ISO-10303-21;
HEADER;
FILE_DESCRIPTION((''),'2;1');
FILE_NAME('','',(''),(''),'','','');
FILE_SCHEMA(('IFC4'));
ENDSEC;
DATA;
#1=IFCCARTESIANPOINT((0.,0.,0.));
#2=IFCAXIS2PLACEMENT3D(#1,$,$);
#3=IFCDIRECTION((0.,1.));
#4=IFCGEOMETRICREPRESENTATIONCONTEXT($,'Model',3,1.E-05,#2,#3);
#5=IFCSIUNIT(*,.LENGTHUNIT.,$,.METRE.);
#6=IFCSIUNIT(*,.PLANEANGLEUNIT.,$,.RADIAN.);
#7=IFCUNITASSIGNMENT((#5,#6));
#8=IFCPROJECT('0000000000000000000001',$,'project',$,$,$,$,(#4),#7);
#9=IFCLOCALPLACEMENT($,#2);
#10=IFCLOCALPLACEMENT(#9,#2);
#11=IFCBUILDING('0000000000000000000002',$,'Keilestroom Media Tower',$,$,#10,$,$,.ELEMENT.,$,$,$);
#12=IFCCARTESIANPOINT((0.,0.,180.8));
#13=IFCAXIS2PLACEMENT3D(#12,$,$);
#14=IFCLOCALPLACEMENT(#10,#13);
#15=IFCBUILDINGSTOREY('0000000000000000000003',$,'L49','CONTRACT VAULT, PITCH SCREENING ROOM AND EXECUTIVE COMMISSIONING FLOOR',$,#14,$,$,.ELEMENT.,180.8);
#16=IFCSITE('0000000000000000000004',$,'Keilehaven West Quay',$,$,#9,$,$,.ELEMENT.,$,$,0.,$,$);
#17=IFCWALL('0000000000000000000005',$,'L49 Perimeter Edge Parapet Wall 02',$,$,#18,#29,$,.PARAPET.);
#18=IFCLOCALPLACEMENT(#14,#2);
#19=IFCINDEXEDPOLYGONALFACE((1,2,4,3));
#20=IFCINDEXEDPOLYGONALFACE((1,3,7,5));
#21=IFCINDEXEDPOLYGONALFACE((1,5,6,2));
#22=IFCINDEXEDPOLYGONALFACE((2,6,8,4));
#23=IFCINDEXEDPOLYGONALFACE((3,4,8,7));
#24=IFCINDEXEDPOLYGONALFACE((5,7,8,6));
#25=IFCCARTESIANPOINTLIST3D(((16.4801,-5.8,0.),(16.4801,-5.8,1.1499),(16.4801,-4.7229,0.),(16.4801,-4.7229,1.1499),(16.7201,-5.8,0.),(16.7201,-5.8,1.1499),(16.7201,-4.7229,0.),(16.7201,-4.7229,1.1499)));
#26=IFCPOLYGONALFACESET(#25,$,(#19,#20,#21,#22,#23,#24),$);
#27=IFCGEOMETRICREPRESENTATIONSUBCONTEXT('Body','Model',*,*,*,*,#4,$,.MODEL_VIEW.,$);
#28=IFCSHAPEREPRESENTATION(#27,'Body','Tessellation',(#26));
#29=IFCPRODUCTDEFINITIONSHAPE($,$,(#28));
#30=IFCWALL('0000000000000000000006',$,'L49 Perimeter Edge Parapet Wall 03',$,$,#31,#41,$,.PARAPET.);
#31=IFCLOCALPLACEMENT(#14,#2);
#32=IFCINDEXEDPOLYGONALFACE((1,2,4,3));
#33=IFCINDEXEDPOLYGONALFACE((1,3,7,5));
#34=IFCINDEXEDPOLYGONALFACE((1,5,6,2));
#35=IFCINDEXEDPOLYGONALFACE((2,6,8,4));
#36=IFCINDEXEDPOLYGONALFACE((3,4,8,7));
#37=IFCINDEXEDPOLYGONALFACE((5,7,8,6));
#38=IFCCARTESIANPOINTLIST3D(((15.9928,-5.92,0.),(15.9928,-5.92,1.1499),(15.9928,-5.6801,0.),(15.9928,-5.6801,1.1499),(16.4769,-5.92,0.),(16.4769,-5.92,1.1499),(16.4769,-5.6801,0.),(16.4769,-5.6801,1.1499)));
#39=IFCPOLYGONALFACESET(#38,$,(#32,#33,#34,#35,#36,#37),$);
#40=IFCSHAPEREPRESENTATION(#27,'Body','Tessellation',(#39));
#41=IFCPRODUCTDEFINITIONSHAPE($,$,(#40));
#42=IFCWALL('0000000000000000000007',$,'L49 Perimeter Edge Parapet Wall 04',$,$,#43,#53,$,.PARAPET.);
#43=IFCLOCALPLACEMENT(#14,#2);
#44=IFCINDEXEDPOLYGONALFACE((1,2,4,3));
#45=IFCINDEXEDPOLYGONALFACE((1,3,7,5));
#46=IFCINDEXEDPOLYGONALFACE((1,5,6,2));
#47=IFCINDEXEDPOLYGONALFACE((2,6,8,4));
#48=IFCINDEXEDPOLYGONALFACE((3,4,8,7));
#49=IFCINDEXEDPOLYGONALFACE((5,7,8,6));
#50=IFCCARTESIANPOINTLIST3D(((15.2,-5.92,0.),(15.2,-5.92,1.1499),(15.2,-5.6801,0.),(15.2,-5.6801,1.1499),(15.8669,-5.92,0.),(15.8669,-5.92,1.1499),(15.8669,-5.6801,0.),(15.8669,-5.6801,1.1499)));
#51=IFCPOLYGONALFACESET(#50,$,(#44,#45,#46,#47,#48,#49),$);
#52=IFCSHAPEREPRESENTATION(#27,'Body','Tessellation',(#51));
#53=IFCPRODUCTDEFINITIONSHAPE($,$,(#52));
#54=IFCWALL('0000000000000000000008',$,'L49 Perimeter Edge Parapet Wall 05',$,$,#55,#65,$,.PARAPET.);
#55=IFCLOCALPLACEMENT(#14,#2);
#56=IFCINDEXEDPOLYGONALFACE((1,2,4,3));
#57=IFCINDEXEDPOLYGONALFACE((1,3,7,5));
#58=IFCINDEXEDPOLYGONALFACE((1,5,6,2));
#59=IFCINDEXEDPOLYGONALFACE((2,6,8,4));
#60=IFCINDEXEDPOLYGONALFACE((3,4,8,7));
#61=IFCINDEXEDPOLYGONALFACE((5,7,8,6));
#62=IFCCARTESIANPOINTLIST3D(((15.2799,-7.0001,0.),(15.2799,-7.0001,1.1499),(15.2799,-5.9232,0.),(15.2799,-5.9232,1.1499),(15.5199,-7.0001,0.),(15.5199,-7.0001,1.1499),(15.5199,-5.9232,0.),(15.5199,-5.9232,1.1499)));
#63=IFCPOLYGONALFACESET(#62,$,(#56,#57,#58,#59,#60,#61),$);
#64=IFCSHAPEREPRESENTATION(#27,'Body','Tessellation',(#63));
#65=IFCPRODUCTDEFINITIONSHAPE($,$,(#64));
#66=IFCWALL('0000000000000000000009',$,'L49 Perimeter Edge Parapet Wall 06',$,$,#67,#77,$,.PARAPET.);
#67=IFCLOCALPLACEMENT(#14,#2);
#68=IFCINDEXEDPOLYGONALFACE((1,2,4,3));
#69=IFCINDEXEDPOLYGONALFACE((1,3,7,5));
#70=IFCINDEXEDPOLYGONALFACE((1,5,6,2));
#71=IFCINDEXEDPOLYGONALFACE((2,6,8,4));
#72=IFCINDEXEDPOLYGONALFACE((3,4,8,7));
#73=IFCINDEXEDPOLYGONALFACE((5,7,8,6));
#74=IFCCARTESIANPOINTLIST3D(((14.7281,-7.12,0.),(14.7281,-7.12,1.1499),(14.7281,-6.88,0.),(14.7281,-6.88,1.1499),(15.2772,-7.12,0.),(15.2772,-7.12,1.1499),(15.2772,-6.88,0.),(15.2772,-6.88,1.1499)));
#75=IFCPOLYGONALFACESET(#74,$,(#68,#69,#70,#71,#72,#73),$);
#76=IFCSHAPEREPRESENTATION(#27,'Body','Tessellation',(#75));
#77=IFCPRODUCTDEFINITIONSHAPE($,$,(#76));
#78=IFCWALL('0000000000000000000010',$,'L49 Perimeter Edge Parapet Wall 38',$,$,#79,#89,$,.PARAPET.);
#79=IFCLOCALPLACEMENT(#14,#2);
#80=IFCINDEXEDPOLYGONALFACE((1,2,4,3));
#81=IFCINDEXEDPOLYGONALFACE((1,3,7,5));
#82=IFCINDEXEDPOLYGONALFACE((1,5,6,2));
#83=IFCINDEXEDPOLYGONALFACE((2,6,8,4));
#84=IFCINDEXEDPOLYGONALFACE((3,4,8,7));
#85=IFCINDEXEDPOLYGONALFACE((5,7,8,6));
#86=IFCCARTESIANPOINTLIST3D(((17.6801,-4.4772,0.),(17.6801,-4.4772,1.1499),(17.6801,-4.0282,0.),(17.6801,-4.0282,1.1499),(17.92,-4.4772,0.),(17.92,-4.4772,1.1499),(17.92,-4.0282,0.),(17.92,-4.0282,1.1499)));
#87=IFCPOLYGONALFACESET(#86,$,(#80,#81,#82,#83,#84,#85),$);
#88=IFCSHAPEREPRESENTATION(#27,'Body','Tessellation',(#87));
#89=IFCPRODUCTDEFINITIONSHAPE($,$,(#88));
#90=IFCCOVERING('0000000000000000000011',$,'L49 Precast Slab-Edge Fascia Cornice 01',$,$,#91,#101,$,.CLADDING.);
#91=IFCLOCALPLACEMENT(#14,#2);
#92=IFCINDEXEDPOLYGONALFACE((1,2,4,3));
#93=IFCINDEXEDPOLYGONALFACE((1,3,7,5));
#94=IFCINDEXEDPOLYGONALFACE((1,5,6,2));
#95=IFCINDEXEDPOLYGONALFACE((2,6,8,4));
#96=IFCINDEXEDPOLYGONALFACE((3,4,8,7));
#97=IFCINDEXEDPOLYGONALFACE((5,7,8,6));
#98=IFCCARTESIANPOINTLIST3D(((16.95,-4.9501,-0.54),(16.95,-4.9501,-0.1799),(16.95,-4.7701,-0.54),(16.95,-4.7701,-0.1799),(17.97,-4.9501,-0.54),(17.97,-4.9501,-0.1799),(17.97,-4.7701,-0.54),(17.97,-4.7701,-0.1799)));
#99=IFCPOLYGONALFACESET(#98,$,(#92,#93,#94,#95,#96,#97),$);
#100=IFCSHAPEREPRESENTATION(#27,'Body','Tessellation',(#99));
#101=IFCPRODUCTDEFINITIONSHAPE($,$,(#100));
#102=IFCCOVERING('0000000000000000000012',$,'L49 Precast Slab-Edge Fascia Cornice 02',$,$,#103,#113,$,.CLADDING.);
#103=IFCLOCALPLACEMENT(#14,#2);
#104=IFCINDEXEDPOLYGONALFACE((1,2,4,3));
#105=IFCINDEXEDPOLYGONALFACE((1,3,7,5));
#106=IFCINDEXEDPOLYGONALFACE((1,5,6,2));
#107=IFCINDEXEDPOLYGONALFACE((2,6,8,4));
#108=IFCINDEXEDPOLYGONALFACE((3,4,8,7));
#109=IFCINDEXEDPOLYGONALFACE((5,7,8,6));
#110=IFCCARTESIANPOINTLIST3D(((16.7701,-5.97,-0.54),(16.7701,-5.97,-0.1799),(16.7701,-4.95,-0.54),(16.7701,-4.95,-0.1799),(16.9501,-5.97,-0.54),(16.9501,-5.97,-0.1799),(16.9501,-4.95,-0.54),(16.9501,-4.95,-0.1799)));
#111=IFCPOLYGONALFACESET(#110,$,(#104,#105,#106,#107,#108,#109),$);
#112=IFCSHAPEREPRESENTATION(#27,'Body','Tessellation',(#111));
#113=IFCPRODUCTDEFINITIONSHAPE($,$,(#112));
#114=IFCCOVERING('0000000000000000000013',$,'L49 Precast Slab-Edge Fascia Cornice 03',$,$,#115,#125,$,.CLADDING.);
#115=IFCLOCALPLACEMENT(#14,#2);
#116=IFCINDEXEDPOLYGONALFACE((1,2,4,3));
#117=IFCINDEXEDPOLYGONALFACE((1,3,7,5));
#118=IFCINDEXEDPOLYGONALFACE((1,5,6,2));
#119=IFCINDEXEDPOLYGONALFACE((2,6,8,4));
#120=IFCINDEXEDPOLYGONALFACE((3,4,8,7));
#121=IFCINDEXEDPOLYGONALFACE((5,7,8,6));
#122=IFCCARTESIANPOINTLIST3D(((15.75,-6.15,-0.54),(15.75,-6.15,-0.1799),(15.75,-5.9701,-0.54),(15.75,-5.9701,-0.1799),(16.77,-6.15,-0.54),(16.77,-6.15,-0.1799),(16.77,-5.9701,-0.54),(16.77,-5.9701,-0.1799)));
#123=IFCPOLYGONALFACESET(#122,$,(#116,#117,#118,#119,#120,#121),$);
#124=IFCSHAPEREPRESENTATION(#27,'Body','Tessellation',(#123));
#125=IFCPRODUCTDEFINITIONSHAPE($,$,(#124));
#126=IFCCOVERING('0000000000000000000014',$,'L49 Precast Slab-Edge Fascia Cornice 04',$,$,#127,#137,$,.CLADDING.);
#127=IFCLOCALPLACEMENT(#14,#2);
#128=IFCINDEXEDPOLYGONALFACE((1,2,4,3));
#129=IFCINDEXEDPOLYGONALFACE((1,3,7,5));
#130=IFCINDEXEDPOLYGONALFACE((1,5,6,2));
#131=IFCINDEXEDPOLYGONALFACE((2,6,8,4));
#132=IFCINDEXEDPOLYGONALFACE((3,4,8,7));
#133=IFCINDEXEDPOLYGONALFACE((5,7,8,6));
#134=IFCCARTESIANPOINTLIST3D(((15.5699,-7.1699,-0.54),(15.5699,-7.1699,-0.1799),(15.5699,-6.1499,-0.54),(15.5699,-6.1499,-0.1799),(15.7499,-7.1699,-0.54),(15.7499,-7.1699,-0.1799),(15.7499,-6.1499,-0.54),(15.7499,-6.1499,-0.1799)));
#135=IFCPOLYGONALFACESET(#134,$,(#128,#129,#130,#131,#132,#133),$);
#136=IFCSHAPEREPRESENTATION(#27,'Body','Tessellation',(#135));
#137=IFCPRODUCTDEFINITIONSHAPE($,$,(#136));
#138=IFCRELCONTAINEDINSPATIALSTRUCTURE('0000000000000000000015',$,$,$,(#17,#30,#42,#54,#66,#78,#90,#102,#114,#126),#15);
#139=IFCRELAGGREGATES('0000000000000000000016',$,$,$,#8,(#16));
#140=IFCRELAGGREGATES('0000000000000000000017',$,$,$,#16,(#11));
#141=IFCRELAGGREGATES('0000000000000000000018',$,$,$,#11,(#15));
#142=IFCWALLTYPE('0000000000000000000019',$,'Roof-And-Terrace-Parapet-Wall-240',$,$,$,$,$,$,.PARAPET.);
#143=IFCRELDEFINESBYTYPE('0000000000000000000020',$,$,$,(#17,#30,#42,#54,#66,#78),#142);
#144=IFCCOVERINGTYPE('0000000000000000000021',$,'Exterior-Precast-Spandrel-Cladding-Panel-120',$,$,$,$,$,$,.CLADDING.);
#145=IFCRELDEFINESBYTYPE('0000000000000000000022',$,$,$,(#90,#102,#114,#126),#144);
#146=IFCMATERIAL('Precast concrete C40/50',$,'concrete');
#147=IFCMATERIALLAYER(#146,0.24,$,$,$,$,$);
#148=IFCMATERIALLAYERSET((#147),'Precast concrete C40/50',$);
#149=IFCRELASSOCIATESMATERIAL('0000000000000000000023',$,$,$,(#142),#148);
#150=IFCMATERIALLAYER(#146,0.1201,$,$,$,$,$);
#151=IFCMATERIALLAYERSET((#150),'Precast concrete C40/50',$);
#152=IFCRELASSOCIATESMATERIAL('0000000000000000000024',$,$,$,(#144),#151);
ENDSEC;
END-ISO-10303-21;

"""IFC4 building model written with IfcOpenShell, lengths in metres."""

from ifc_helpers import new_model, si_unit, direction, frame, frame_2d, origin, origin_2d, place, context, subcontext, project, spatial, rectangle, extrude, source, transform, mapped, material, layer, layer_set, type_object, element, save


model = new_model("IFC4")

# Units and contexts
model_context = context("Model", 3, precision=1e-05, world=origin(), true_north=direction((0.0, 1.0)))
body_context = subcontext(model_context, "Body", "Model", "MODEL_VIEW")
ifc_project = project(units=[si_unit("LENGTHUNIT", "METRE"), si_unit("PLANEANGLEUNIT", "RADIAN")], contexts=[model_context])

# Site, building, storey
site_placement = place(None, origin())
site = spatial("IfcSite", under=ifc_project, at=site_placement, Name="Keilehaven West Quay", CompositionType="ELEMENT", RefElevation=0.0)
building_placement = place(site_placement, origin())
building = spatial("IfcBuilding", under=site, at=building_placement, Name="Keilestroom Media Tower", CompositionType="ELEMENT")
storey_placement = place(building_placement, frame((0.0, 0.0, 180.8)))
storey = spatial("IfcBuildingStorey", under=building, at=storey_placement, Name="L49", Description="CONTRACT VAULT, PITCH SCREENING ROOM AND EXECUTIVE COMMISSIONING FLOOR", CompositionType="ELEMENT", Elevation=180.8)

# Shared definitions
ifc_material_1 = material(Name="Precast concrete C40/50", Category="concrete")

# Walls
ifc_layer_1 = layer(ifc_material_1, 0.24)
ifc_layer_set_1 = layer_set([ifc_layer_1], Name="Precast concrete C40/50")
wall_type_1 = type_object("IfcWallType", Name="Roof-And-Terrace-Parapet-Wall-240", PredefinedType="PARAPET", material=ifc_layer_set_1)
wall_1_placement = place(storey_placement, frame((16.6001, -4.7229, 0.0), z_axis=(0.0, 0.0, 1.0), x_axis=(0.0, -1.0, 0.0)))
element("IfcWall", 1, at=wall_1_placement, inside=storey, type_object=wall_type_1, Name="L49 Perimeter Edge Parapet Wall 02", PredefinedType="PARAPET", context=body_context, shape_type="SweptSolid", body=[
    extrude(rectangle(XDim=1.0771, YDim=0.24, at=frame_2d((0.5386, 0.0))), origin(), (0.0, 0.0, 1.0), 1.1499),
])
wall_2_placement = place(storey_placement, frame((16.4771, -5.8, 0.0), z_axis=(0.0, 0.0, 1.0), x_axis=(-1.0, 0.0, 0.0)))
element("IfcWall", 2, at=wall_2_placement, inside=storey, type_object=wall_type_1, Name="L49 Perimeter Edge Parapet Wall 03", PredefinedType="PARAPET", context=body_context, shape_type="SweptSolid", body=[
    extrude(rectangle(XDim=0.4841, YDim=0.24, at=frame_2d((0.2422, 0.0))), origin(), (0.0, 0.0, 1.0), 1.1499),
])
wall_3_placement = place(storey_placement, frame((15.8669, -5.8, 0.0), z_axis=(0.0, 0.0, 1.0), x_axis=(-1.0, 0.0, 0.0)))
element("IfcWall", 3, at=wall_3_placement, inside=storey, type_object=wall_type_1, Name="L49 Perimeter Edge Parapet Wall 04", PredefinedType="PARAPET", context=body_context, shape_type="SweptSolid", body=[
    extrude(rectangle(XDim=0.667, YDim=0.24, at=frame_2d((0.3335, 0.0))), origin(), (0.0, 0.0, 1.0), 1.1499),
])
wall_4_placement = place(storey_placement, frame((15.3999, -5.9231, 0.0), z_axis=(0.0, 0.0, 1.0), x_axis=(0.0, -1.0, 0.0)))
element("IfcWall", 4, at=wall_4_placement, inside=storey, type_object=wall_type_1, Name="L49 Perimeter Edge Parapet Wall 05", PredefinedType="PARAPET", context=body_context, shape_type="SweptSolid", body=[
    extrude(rectangle(XDim=1.0769, YDim=0.24, at=frame_2d((0.5386, 0.0))), origin(), (0.0, 0.0, 1.0), 1.1499),
])
wall_5_placement = place(storey_placement, frame((15.2771, -7.0, 0.0), z_axis=(0.0, 0.0, 1.0), x_axis=(-1.0, 0.0, 0.0)))
element("IfcWall", 5, at=wall_5_placement, inside=storey, type_object=wall_type_1, Name="L49 Perimeter Edge Parapet Wall 06", PredefinedType="PARAPET", context=body_context, shape_type="SweptSolid", body=[
    extrude(rectangle(XDim=0.5491, YDim=0.24, at=frame_2d((0.2744, 0.0))), origin(), (0.0, 0.0, 1.0), 1.1499),
])
wall_6_placement = place(storey_placement, frame((17.8, -4.0281, 0.0), z_axis=(0.0, 0.0, 1.0), x_axis=(0.0, -1.0, 0.0)))
element("IfcWall", 6, at=wall_6_placement, inside=storey, type_object=wall_type_1, Name="L49 Perimeter Edge Parapet Wall 38", PredefinedType="PARAPET", context=body_context, shape_type="SweptSolid", body=[
    extrude(rectangle(XDim=0.449, YDim=0.24, at=frame_2d((0.2246, 0.0))), origin(), (0.0, 0.0, 1.0), 1.1499),
])

# Coverings
ifc_layer_2 = layer(ifc_material_1, 0.1201)
ifc_layer_set_2 = layer_set([ifc_layer_2], Name="Precast concrete C40/50")
covering_type = type_object("IfcCoveringType", Name="Exterior-Precast-Spandrel-Cladding-Panel-120", PredefinedType="CLADDING", material=ifc_layer_set_2)
shared_shape_1 = source(origin(), body_context, "Body", "SweptSolid", [
    extrude(rectangle(XDim=1.02, YDim=0.1799, at=origin_2d()), origin(), (0.0, 0.0, 1.0), 0.3601),
])
for number, where, z_axis, x_axis, name in (
    (7, (17.46, -4.8601, -0.54), (0.0, 0.0, 1.0), (-1.0, 0.0, 0.0), "L49 Precast Slab-Edge Fascia Cornice 01"),
    (8, (16.8601, -5.46, -0.54), (0.0, 0.0, 1.0), (0.0, -1.0, 0.0), "L49 Precast Slab-Edge Fascia Cornice 02"),
    (9, (16.26, -6.0601, -0.54), (0.0, 0.0, 1.0), (-1.0, 0.0, 0.0), "L49 Precast Slab-Edge Fascia Cornice 03"),
    (10, (15.6599, -6.6599, -0.54), (0.0, 0.0, 1.0), (0.0, -1.0, 0.0), "L49 Precast Slab-Edge Fascia Cornice 04"),
):
    element("IfcCovering", number, at=place(storey_placement, frame(where, z_axis=z_axis, x_axis=x_axis)), inside=storey, type_object=covering_type, Name=name, PredefinedType="CLADDING", context=body_context, shape_type="MappedRepresentation", body=[
        mapped(shared_shape_1, transform((0.0, 0.0, 0.0), x_axis=(1.0, 0.0, 0.0), y_axis=(0.0, 1.0, 0.0), z_axis=(0.0, 0.0, 1.0), scale=1.0)),
    ])

save(model, "model.ifc")
